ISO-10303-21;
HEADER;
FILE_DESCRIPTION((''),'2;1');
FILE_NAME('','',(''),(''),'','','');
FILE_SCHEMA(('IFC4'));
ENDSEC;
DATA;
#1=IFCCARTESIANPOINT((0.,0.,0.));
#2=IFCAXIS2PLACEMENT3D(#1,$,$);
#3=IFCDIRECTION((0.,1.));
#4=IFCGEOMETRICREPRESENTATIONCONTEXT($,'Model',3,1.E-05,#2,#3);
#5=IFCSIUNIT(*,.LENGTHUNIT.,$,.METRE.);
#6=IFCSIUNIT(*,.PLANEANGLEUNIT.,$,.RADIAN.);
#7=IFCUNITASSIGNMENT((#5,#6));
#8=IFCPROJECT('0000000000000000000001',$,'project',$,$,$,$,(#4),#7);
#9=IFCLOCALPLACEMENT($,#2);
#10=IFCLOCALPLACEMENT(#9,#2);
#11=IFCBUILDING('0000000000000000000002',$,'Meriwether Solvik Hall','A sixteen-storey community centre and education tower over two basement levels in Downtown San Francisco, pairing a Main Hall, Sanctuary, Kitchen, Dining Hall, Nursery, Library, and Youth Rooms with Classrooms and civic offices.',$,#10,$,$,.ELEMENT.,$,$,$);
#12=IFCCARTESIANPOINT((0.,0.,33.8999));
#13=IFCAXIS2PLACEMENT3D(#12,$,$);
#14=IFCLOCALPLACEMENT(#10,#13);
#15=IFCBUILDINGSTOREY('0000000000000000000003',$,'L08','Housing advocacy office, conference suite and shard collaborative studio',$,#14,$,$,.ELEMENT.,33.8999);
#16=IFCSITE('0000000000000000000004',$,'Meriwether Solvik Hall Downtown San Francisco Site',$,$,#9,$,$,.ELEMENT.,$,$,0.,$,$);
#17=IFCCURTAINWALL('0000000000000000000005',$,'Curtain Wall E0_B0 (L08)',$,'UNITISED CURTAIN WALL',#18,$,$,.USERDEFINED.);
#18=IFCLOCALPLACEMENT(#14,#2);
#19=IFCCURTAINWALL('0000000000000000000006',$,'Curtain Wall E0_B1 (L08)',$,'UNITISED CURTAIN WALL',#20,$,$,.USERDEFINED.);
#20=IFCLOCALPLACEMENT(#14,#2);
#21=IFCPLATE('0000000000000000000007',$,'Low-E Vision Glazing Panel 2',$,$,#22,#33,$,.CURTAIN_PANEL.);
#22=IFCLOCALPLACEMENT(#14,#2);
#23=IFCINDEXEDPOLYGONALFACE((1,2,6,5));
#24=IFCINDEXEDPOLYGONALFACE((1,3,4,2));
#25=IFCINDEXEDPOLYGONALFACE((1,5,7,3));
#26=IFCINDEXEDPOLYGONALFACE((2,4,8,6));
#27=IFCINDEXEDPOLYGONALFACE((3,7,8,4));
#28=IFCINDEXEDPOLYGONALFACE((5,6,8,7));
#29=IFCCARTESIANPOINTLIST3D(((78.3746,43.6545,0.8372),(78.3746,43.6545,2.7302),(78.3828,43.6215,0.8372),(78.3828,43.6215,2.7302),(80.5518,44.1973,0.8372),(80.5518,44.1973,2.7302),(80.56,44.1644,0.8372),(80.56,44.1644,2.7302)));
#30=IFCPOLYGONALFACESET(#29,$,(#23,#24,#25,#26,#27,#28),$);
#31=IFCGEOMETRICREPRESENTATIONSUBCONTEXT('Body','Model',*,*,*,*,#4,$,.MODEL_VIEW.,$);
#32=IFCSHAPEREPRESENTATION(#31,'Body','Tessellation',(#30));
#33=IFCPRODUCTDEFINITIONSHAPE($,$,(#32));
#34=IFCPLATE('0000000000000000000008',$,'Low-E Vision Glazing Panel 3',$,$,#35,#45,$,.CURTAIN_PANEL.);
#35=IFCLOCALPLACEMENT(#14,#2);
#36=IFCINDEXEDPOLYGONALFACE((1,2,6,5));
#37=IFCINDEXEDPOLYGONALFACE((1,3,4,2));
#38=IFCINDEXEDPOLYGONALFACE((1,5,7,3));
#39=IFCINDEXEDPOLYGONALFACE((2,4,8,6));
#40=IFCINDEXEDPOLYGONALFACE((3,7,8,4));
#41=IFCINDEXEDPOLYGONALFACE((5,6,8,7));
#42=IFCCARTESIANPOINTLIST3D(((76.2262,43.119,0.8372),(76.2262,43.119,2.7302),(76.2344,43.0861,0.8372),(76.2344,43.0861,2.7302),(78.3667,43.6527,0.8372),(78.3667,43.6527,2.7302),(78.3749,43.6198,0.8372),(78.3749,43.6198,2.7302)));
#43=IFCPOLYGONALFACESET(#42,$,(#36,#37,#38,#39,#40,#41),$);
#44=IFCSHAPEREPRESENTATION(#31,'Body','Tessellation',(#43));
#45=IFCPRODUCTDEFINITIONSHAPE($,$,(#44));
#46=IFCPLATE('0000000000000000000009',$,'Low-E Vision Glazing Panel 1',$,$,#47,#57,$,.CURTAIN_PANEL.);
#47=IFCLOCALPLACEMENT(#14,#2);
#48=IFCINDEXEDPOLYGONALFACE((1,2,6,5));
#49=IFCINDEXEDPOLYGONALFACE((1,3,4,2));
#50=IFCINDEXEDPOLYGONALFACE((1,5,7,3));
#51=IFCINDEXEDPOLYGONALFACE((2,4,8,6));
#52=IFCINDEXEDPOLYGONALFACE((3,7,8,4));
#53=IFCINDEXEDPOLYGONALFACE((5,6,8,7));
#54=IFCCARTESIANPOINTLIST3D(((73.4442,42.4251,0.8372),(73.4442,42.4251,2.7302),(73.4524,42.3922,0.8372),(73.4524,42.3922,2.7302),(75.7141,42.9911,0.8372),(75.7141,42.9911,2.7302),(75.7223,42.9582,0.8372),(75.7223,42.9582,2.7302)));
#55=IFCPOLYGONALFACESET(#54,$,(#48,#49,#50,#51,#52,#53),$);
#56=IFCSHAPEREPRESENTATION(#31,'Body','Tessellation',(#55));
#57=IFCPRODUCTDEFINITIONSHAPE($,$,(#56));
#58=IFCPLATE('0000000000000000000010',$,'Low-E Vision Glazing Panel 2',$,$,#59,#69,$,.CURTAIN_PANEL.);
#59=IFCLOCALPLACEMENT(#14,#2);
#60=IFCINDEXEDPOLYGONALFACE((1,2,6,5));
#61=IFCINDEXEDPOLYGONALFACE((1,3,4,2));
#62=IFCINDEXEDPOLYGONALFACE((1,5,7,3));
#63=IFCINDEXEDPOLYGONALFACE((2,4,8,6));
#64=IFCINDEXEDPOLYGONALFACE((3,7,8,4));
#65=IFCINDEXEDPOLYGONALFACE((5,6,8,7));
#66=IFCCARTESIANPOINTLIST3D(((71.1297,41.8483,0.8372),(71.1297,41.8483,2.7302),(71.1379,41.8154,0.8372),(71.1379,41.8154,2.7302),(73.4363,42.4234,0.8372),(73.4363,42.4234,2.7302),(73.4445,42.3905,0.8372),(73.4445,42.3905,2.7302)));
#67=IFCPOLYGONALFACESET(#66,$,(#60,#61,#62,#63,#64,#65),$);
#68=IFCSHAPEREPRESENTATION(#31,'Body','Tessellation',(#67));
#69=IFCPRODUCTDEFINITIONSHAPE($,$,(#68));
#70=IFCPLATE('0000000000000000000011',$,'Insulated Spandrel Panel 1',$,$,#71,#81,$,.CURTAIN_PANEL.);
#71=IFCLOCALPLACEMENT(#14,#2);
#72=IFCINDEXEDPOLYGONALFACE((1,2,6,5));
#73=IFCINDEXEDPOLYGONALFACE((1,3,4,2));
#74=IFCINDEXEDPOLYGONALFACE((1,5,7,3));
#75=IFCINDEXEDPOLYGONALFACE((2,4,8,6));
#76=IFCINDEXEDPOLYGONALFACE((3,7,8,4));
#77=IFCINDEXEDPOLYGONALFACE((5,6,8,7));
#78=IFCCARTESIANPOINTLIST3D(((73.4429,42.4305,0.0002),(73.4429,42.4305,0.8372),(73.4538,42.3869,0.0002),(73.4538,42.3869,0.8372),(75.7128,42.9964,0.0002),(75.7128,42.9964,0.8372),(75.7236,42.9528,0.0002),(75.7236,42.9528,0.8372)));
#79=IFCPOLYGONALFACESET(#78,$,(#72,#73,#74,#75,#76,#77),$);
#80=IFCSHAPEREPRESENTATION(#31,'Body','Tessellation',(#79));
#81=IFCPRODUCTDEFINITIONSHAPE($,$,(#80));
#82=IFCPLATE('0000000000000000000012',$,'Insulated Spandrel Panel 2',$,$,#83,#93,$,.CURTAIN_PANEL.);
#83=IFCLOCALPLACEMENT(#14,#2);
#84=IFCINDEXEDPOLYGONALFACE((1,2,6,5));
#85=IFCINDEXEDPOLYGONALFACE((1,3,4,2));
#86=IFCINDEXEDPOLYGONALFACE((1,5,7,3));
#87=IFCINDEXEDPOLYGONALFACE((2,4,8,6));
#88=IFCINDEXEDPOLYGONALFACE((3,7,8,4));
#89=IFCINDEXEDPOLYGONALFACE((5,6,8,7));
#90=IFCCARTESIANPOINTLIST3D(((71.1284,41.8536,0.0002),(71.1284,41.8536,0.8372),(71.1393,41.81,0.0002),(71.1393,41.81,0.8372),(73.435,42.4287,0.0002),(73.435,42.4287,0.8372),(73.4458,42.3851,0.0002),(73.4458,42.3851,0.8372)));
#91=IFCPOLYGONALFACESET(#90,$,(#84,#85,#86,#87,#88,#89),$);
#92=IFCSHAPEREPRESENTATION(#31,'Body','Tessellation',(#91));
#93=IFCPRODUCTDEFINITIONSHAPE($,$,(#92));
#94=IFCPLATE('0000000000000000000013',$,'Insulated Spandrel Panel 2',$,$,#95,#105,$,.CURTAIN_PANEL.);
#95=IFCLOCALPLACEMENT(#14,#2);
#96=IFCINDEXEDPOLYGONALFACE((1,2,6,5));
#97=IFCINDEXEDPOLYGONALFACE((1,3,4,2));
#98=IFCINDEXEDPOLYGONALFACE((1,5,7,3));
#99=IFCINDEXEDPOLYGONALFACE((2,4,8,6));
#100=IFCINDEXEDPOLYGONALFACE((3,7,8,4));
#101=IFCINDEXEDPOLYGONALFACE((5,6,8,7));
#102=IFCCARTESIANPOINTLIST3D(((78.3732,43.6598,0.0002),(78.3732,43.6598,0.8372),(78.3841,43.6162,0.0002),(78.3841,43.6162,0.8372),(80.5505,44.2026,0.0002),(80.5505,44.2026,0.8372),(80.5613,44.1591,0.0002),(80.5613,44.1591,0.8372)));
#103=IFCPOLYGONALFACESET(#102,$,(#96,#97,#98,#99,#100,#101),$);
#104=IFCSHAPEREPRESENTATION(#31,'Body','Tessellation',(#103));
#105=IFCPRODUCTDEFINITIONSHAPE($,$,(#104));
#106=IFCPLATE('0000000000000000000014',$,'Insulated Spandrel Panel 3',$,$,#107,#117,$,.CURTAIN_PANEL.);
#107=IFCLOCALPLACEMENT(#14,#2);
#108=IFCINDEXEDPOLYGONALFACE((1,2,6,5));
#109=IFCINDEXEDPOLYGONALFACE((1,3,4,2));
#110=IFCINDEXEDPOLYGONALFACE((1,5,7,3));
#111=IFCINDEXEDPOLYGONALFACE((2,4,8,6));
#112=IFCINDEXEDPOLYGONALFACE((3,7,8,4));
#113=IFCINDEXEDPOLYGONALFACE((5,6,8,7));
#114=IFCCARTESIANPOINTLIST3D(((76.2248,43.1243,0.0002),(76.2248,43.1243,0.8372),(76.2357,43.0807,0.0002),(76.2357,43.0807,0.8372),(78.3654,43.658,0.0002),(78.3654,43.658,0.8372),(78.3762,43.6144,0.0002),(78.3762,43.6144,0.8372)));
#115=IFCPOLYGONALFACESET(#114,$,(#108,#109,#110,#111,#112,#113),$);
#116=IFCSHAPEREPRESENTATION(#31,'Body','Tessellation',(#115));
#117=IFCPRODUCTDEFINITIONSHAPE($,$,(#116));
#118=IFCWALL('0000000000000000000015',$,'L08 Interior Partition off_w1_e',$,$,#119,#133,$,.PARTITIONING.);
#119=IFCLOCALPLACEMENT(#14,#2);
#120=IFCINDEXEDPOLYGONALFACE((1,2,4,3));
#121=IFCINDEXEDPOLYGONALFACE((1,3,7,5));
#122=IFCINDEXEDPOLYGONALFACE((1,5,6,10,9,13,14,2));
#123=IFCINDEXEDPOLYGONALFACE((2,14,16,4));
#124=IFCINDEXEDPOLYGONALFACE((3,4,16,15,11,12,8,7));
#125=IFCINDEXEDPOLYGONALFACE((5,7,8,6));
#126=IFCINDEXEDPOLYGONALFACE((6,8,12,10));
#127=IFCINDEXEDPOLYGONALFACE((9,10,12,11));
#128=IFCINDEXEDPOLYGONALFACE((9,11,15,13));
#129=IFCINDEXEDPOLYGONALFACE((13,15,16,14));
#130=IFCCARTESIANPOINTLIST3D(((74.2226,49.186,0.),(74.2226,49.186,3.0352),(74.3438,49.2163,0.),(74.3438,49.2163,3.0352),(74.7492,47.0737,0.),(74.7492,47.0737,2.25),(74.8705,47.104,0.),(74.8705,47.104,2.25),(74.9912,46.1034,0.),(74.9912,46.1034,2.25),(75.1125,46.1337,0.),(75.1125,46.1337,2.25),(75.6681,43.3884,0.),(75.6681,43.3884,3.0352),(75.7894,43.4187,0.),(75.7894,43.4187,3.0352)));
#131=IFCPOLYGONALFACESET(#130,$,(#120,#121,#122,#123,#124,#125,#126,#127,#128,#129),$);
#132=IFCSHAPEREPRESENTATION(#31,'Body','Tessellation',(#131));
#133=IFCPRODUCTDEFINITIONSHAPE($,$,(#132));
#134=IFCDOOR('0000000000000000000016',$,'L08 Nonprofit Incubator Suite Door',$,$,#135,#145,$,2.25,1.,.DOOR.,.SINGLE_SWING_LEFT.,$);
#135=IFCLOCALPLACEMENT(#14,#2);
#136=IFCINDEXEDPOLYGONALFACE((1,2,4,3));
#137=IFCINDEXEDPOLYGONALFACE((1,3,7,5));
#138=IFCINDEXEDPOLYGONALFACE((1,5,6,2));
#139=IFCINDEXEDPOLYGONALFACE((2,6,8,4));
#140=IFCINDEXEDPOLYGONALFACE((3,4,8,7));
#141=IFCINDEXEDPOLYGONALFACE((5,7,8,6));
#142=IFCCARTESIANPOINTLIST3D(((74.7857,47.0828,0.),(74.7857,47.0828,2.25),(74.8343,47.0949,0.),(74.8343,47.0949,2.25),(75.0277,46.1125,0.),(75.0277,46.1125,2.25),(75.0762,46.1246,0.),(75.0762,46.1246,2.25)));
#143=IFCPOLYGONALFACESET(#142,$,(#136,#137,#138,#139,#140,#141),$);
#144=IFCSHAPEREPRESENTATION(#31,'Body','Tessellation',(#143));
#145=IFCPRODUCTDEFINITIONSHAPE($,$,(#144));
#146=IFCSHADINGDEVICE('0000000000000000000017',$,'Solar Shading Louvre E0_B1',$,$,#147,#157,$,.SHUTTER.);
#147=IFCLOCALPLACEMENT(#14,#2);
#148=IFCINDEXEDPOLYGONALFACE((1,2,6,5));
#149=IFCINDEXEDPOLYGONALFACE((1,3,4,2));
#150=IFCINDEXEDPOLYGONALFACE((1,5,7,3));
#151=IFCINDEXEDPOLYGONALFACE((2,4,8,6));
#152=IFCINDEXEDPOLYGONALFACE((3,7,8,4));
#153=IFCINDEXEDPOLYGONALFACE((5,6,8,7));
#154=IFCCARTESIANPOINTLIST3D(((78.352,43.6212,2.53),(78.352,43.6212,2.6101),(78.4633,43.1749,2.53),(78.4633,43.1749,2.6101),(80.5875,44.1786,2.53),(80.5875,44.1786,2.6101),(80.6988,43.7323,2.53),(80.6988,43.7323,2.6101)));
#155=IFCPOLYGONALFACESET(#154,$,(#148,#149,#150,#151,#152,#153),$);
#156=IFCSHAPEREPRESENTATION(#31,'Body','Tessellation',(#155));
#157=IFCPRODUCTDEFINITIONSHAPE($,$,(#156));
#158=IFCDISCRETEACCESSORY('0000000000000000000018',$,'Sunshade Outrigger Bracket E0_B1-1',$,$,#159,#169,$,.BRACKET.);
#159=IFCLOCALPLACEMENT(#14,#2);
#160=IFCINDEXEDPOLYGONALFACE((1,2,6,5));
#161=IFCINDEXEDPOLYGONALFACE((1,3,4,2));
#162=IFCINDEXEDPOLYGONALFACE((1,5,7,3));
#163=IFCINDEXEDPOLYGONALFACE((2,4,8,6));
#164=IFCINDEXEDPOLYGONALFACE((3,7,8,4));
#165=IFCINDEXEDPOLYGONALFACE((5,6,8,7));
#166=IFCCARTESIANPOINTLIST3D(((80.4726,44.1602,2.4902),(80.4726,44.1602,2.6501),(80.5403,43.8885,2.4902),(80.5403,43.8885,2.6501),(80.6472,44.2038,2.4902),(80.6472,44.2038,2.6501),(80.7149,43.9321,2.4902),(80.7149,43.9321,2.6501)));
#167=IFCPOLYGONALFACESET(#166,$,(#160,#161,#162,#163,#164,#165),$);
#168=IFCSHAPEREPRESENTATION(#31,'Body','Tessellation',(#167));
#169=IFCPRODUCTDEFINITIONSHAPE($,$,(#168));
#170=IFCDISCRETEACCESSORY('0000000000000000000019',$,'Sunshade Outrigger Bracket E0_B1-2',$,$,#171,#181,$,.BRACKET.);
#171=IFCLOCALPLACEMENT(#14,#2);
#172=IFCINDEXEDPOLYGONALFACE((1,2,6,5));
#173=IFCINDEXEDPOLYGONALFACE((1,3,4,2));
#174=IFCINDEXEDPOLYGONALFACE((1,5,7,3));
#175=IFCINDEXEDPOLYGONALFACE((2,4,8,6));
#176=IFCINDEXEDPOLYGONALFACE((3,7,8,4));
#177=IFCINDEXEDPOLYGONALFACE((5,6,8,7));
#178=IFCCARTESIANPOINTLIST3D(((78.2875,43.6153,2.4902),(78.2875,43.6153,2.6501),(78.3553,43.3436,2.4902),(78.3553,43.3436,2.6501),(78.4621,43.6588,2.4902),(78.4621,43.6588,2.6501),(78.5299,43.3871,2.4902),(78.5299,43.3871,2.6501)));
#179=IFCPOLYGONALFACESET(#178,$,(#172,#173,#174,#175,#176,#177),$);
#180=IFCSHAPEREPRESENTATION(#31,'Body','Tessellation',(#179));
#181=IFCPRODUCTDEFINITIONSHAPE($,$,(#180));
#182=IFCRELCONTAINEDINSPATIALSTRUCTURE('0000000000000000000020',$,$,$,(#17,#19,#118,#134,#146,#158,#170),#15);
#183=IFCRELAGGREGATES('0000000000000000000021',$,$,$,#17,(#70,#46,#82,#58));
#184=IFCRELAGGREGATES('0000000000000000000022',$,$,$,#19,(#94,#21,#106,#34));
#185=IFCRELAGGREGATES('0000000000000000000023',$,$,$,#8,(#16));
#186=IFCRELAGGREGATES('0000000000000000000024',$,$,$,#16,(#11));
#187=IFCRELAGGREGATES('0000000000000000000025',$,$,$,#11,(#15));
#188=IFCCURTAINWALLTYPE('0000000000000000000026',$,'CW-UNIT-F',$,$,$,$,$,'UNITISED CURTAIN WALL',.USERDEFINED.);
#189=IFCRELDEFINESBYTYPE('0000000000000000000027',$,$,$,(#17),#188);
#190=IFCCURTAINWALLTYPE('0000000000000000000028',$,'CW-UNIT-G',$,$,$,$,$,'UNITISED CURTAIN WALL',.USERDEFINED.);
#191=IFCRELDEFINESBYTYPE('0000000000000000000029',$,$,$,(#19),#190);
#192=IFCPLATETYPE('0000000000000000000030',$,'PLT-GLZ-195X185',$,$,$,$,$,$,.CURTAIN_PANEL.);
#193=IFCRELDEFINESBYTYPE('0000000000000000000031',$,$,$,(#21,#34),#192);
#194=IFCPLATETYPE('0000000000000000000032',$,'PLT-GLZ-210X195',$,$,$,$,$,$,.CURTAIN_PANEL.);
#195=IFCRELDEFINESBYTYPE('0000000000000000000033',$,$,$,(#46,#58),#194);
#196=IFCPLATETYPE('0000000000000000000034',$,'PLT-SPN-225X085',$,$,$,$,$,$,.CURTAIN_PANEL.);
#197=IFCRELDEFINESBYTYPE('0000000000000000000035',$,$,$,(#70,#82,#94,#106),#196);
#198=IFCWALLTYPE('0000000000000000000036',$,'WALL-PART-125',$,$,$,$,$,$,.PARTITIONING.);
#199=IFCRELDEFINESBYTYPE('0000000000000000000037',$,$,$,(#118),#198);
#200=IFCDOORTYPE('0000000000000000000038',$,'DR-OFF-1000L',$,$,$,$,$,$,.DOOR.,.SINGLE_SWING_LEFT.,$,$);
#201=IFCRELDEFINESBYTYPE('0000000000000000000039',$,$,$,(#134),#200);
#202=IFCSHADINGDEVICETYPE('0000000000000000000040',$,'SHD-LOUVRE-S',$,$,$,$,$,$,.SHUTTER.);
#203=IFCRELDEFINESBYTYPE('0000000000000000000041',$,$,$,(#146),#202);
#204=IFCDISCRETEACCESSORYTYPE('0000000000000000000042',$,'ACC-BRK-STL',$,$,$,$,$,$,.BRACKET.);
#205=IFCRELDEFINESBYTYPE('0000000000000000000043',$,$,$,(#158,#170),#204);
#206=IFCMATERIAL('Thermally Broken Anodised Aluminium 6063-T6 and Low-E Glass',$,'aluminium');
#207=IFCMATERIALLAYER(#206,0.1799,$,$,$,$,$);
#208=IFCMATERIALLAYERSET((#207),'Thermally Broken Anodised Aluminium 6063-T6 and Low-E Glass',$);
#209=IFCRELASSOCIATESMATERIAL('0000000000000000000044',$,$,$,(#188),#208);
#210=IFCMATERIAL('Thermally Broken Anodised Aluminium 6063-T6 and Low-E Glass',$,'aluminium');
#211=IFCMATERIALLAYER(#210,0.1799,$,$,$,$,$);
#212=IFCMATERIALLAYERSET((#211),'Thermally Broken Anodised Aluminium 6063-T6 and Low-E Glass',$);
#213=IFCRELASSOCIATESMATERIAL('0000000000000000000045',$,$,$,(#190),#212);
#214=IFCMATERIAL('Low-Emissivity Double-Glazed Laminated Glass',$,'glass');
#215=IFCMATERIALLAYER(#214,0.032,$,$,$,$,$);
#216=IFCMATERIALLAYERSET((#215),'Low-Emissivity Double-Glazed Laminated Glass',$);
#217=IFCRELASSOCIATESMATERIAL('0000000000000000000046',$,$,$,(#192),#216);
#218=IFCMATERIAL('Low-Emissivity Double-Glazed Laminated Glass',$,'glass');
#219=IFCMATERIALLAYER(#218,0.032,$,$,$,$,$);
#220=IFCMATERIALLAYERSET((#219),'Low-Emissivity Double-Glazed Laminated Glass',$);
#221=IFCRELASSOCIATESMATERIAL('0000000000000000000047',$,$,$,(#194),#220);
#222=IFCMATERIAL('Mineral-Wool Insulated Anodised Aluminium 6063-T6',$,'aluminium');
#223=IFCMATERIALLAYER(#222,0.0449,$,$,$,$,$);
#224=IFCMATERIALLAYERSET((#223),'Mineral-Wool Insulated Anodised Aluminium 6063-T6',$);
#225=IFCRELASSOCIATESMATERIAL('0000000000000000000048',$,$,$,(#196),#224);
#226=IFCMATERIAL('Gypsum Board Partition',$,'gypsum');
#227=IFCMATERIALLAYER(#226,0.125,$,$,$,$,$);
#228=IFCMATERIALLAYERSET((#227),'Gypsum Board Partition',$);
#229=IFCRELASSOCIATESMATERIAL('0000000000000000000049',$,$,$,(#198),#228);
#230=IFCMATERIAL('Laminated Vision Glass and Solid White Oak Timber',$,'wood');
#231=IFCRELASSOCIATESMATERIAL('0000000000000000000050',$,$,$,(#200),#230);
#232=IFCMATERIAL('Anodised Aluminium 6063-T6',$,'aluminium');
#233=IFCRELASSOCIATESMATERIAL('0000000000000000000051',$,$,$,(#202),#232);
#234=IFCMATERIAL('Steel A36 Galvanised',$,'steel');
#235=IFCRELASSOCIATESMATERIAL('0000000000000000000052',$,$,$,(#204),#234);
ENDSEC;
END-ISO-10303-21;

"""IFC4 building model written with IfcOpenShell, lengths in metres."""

from ifc_helpers import new_model, si_unit, direction, frame, frame_2d, origin, origin_2d, place, context, subcontext, project, spatial, rectangle, extrude, material, layer, layer_set, type_object, element, fill, aggregate, save


model = new_model("IFC4")

# Units and contexts
model_context = context("Model", 3, precision=1e-05, world=origin(), true_north=direction((0.0, 1.0)))
body_context = subcontext(model_context, "Body", "Model", "MODEL_VIEW")
ifc_project = project(units=[si_unit("LENGTHUNIT", "METRE"), si_unit("PLANEANGLEUNIT", "RADIAN")], contexts=[model_context])

# Site, building, storey
site_placement = place(None, origin())
site = spatial("IfcSite", under=ifc_project, at=site_placement, Name="Meriwether Solvik Hall Downtown San Francisco Site", CompositionType="ELEMENT", RefElevation=0.0)
building_placement = place(site_placement, origin())
building = spatial("IfcBuilding", under=site, at=building_placement, Name="Meriwether Solvik Hall", Description="A sixteen-storey community centre and education tower over two basement levels in Downtown San Francisco, pairing a Main Hall, Sanctuary, Kitchen, Dining Hall, Nursery, Library, and Youth Rooms with Classrooms and civic offices.", CompositionType="ELEMENT")
storey_placement = place(building_placement, frame((0.0, 0.0, 33.8999)))
storey = spatial("IfcBuildingStorey", under=building, at=storey_placement, Name="L08", Description="Housing advocacy office, conference suite and shard collaborative studio", CompositionType="ELEMENT", Elevation=33.8999)

# Curtain walls
ifc_material_1 = material(Name="Thermally Broken Anodised Aluminium 6063-T6 and Low-E Glass", Category="aluminium")
ifc_layer_1 = layer(ifc_material_1, 0.1799)
ifc_layer_set_1 = layer_set([ifc_layer_1], Name="Thermally Broken Anodised Aluminium 6063-T6 and Low-E Glass")
curtain_wall_type_1 = type_object("IfcCurtainWallType", Name="CW-UNIT-F", ElementType="UNITISED CURTAIN WALL", PredefinedType="USERDEFINED", material=ifc_layer_set_1)
curtain_wall_1_placement = place(storey_placement, origin())
curtain_wall_1 = element("IfcCurtainWall", 1, at=curtain_wall_1_placement, inside=storey, type_object=curtain_wall_type_1, Name="Curtain Wall E0_B0 (L08)", ObjectType="UNITISED CURTAIN WALL", PredefinedType="USERDEFINED")
ifc_material_2 = material(Name="Thermally Broken Anodised Aluminium 6063-T6 and Low-E Glass", Category="aluminium")
ifc_layer_2 = layer(ifc_material_2, 0.1799)
ifc_layer_set_2 = layer_set([ifc_layer_2], Name="Thermally Broken Anodised Aluminium 6063-T6 and Low-E Glass")
curtain_wall_type_2 = type_object("IfcCurtainWallType", Name="CW-UNIT-G", ElementType="UNITISED CURTAIN WALL", PredefinedType="USERDEFINED", material=ifc_layer_set_2)
curtain_wall_2_placement = place(storey_placement, origin())
curtain_wall_2 = element("IfcCurtainWall", 2, at=curtain_wall_2_placement, inside=storey, type_object=curtain_wall_type_2, Name="Curtain Wall E0_B1 (L08)", ObjectType="UNITISED CURTAIN WALL", PredefinedType="USERDEFINED")

# Plates
ifc_material_3 = material(Name="Low-Emissivity Double-Glazed Laminated Glass", Category="glass")
ifc_layer_3 = layer(ifc_material_3, 0.032)
ifc_layer_set_3 = layer_set([ifc_layer_3], Name="Low-Emissivity Double-Glazed Laminated Glass")
plate_type_1 = type_object("IfcPlateType", Name="PLT-GLZ-195X185", PredefinedType="CURTAIN_PANEL", material=ifc_layer_set_3)
plate_1_placement = place(storey_placement, frame((79.4673, 43.9094, 0.8372), z_axis=(0.0, 0.0, 1.0), x_axis=(-0.970296, -0.241922, 0.0)))
plate_1 = element("IfcPlate", 3, at=plate_1_placement, type_object=plate_type_1, Name="Low-E Vision Glazing Panel 2", PredefinedType="CURTAIN_PANEL", context=body_context, shape_type="SweptSolid", body=[
    extrude(rectangle(XDim=2.2439, YDim=0.0339, at=origin_2d()), origin(), (0.0, 0.0, 1.0), 1.8931),
])
plate_2_placement = place(storey_placement, frame((77.3005, 43.3694, 0.8372), z_axis=(0.0, 0.0, 1.0), x_axis=(-0.970296, -0.241922, 0.0)))
plate_2 = element("IfcPlate", 4, at=plate_2_placement, type_object=plate_type_1, Name="Low-E Vision Glazing Panel 3", PredefinedType="CURTAIN_PANEL", context=body_context, shape_type="SweptSolid", body=[
    extrude(rectangle(XDim=2.2061, YDim=0.0339, at=origin_2d()), origin(), (0.0, 0.0, 1.0), 1.8931),
])
ifc_material_4 = material(Name="Low-Emissivity Double-Glazed Laminated Glass", Category="glass")
ifc_layer_4 = layer(ifc_material_4, 0.032)
ifc_layer_set_4 = layer_set([ifc_layer_4], Name="Low-Emissivity Double-Glazed Laminated Glass")
plate_type_2 = type_object("IfcPlateType", Name="PLT-GLZ-210X195", PredefinedType="CURTAIN_PANEL", material=ifc_layer_set_4)
plate_3_placement = place(storey_placement, frame((74.5833, 42.6917, 0.8372), z_axis=(0.0, 0.0, 1.0), x_axis=(-0.970296, -0.241922, 0.0)))
plate_3 = element("IfcPlate", 5, at=plate_3_placement, type_object=plate_type_2, Name="Low-E Vision Glazing Panel 1", PredefinedType="CURTAIN_PANEL", context=body_context, shape_type="SweptSolid", body=[
    extrude(rectangle(XDim=2.3394, YDim=0.0339, at=origin_2d()), origin(), (0.0, 0.0, 1.0), 1.8931),
])
plate_4_placement = place(storey_placement, frame((72.2871, 42.1194, 0.8372), z_axis=(0.0, 0.0, 1.0), x_axis=(-0.970296, -0.241922, 0.0)))
plate_4 = element("IfcPlate", 6, at=plate_4_placement, type_object=plate_type_2, Name="Low-E Vision Glazing Panel 2", PredefinedType="CURTAIN_PANEL", context=body_context, shape_type="SweptSolid", body=[
    extrude(rectangle(XDim=2.3772, YDim=0.0339, at=origin_2d()), origin(), (0.0, 0.0, 1.0), 1.8931),
])
ifc_material_5 = material(Name="Mineral-Wool Insulated Anodised Aluminium 6063-T6", Category="aluminium")
ifc_layer_5 = layer(ifc_material_5, 0.0449)
ifc_layer_set_5 = layer_set([ifc_layer_5], Name="Mineral-Wool Insulated Anodised Aluminium 6063-T6")
plate_type_3 = type_object("IfcPlateType", Name="PLT-SPN-225X085", PredefinedType="CURTAIN_PANEL", material=ifc_layer_set_5)
plate_5_placement = place(storey_placement, frame((74.5833, 42.6917, 0.0002), z_axis=(0.0, 0.0, 1.0), x_axis=(-0.970296, -0.241922, 0.0)))
plate_5 = element("IfcPlate", 7, at=plate_5_placement, type_object=plate_type_3, Name="Insulated Spandrel Panel 1", PredefinedType="CURTAIN_PANEL", context=body_context, shape_type="SweptSolid", body=[
    extrude(rectangle(XDim=2.3394, YDim=0.0449, at=origin_2d()), origin(), (0.0, 0.0, 1.0), 0.8369),
])
plate_6_placement = place(storey_placement, frame((72.2871, 42.1194, 0.0002), z_axis=(0.0, 0.0, 1.0), x_axis=(-0.970296, -0.241922, 0.0)))
plate_6 = element("IfcPlate", 8, at=plate_6_placement, type_object=plate_type_3, Name="Insulated Spandrel Panel 2", PredefinedType="CURTAIN_PANEL", context=body_context, shape_type="SweptSolid", body=[
    extrude(rectangle(XDim=2.3772, YDim=0.0449, at=origin_2d()), origin(), (0.0, 0.0, 1.0), 0.8369),
])
aggregate(curtain_wall_1, [plate_5, plate_3, plate_6, plate_4])
plate_7_placement = place(storey_placement, frame((79.4673, 43.9094, 0.0002), z_axis=(0.0, 0.0, 1.0), x_axis=(-0.970296, -0.241922, 0.0)))
plate_7 = element("IfcPlate", 9, at=plate_7_placement, type_object=plate_type_3, Name="Insulated Spandrel Panel 2", PredefinedType="CURTAIN_PANEL", context=body_context, shape_type="SweptSolid", body=[
    extrude(rectangle(XDim=2.2439, YDim=0.0449, at=origin_2d()), origin(), (0.0, 0.0, 1.0), 0.8369),
])
plate_8_placement = place(storey_placement, frame((77.3005, 43.3694, 0.0002), z_axis=(0.0, 0.0, 1.0), x_axis=(-0.970296, -0.241922, 0.0)))
plate_8 = element("IfcPlate", 10, at=plate_8_placement, type_object=plate_type_3, Name="Insulated Spandrel Panel 3", PredefinedType="CURTAIN_PANEL", context=body_context, shape_type="SweptSolid", body=[
    extrude(rectangle(XDim=2.2061, YDim=0.0449, at=origin_2d()), origin(), (0.0, 0.0, 1.0), 0.8369),
])
aggregate(curtain_wall_2, [plate_7, plate_1, plate_8, plate_2])

# Wall, opening, door
ifc_material_6 = material(Name="Gypsum Board Partition", Category="gypsum")
ifc_layer_6 = layer(ifc_material_6, 0.125)
ifc_layer_set_6 = layer_set([ifc_layer_6], Name="Gypsum Board Partition")
wall_type = type_object("IfcWallType", Name="WALL-PART-125", PredefinedType="PARTITIONING", material=ifc_layer_set_6)
wall_placement = place(storey_placement, frame((75.7288, 43.4036, 0.0), z_axis=(0.0, 0.0, 1.0), x_axis=(-0.24193, 0.970294, 0.0)))
wall = element("IfcWall", 11, at=wall_placement, inside=storey, type_object=wall_type, Name="L08 Interior Partition off_w1_e", PredefinedType="PARTITIONING", context=body_context, shape_type="SweptSolid", body=[
    extrude(rectangle(XDim=5.9751, YDim=0.125, at=frame_2d((2.9875, 0.0))), origin(), (0.0, 0.0, 1.0), 3.0352),
])
opening_placement = place(wall_placement, frame((2.7981, 0.0, 0.0)))
opening = element("IfcOpeningElement", 12, at=opening_placement, cuts=wall, PredefinedType="OPENING", context=body_context, shape_type="SweptSolid", body=[
    extrude(rectangle(XDim=1.0, YDim=2.25, at=frame_2d((0.5, 1.125))), frame((0.0, 0.0745, 0.0), z_axis=(0.0, -1.0, 0.0), x_axis=(1.0, 0.0, 0.0)), (0.0, 0.0, 1.0), 0.1489),
])
ifc_material_7 = material(Name="Laminated Vision Glass and Solid White Oak Timber", Category="wood")
door_type = type_object("IfcDoorType", Name="DR-OFF-1000L", OperationType="SINGLE_SWING_LEFT", PredefinedType="DOOR", material=ifc_material_7)
door_placement = place(opening_placement, origin())
door = element("IfcDoor", 13, at=door_placement, inside=storey, type_object=door_type, Name="L08 Nonprofit Incubator Suite Door", OperationType="SINGLE_SWING_LEFT", OverallHeight=2.25, OverallWidth=1.0, PredefinedType="DOOR", context=body_context, shape_type="SweptSolid", body=[
    extrude(rectangle(XDim=1.0, YDim=2.25, at=frame_2d((0.5, 1.125))), frame((0.0, 0.0249, 0.0), z_axis=(0.0, -1.0, 0.0), x_axis=(1.0, 0.0, 0.0)), (0.0, 0.0, 1.0), 0.05),
])
fill(opening, door)

# Shading device
ifc_material_8 = material(Name="Anodised Aluminium 6063-T6", Category="aluminium")
shading_device_type = type_object("IfcShadingDeviceType", Name="SHD-LOUVRE-S", PredefinedType="SHUTTER", material=ifc_material_8)
shading_device_placement = place(storey_placement, frame((79.5254, 43.6768, 2.53), z_axis=(0.0, 0.0, 1.0), x_axis=(-0.970296, -0.241922, 0.0)))
element("IfcShadingDevice", 14, at=shading_device_placement, inside=storey, type_object=shading_device_type, Name="Solar Shading Louvre E0_B1", PredefinedType="SHUTTER", context=body_context, shape_type="SweptSolid", body=[
    extrude(rectangle(XDim=2.304, YDim=0.46, at=origin_2d()), origin(), (0.0, 0.0, 1.0), 0.0801),
])

# Discrete accessories
ifc_material_9 = material(Name="Steel A36 Galvanised", Category="steel")
discrete_accessory_type = type_object("IfcDiscreteAccessoryType", Name="ACC-BRK-STL", PredefinedType="BRACKET", material=ifc_material_9)
for number, where, z_axis, x_axis, name in (
    (15, (80.5938, 44.0461, 2.4902), (0.0, 0.0, 1.0), (-0.970296, -0.241922, 0.0), "Sunshade Outrigger Bracket E0_B1-1"),
    (16, (78.4087, 43.5012, 2.4902), (0.0, 0.0, 1.0), (-0.970296, -0.241922, 0.0), "Sunshade Outrigger Bracket E0_B1-2"),
):
    element("IfcDiscreteAccessory", number, at=place(storey_placement, frame(where, z_axis=z_axis, x_axis=x_axis)), inside=storey, type_object=discrete_accessory_type, Name=name, PredefinedType="BRACKET", context=body_context, shape_type="SweptSolid", body=[
        extrude(rectangle(XDim=0.1799, YDim=0.28, at=origin_2d()), origin(), (0.0, 0.0, 1.0), 0.1599),
    ])

save(model, "model.ifc")
